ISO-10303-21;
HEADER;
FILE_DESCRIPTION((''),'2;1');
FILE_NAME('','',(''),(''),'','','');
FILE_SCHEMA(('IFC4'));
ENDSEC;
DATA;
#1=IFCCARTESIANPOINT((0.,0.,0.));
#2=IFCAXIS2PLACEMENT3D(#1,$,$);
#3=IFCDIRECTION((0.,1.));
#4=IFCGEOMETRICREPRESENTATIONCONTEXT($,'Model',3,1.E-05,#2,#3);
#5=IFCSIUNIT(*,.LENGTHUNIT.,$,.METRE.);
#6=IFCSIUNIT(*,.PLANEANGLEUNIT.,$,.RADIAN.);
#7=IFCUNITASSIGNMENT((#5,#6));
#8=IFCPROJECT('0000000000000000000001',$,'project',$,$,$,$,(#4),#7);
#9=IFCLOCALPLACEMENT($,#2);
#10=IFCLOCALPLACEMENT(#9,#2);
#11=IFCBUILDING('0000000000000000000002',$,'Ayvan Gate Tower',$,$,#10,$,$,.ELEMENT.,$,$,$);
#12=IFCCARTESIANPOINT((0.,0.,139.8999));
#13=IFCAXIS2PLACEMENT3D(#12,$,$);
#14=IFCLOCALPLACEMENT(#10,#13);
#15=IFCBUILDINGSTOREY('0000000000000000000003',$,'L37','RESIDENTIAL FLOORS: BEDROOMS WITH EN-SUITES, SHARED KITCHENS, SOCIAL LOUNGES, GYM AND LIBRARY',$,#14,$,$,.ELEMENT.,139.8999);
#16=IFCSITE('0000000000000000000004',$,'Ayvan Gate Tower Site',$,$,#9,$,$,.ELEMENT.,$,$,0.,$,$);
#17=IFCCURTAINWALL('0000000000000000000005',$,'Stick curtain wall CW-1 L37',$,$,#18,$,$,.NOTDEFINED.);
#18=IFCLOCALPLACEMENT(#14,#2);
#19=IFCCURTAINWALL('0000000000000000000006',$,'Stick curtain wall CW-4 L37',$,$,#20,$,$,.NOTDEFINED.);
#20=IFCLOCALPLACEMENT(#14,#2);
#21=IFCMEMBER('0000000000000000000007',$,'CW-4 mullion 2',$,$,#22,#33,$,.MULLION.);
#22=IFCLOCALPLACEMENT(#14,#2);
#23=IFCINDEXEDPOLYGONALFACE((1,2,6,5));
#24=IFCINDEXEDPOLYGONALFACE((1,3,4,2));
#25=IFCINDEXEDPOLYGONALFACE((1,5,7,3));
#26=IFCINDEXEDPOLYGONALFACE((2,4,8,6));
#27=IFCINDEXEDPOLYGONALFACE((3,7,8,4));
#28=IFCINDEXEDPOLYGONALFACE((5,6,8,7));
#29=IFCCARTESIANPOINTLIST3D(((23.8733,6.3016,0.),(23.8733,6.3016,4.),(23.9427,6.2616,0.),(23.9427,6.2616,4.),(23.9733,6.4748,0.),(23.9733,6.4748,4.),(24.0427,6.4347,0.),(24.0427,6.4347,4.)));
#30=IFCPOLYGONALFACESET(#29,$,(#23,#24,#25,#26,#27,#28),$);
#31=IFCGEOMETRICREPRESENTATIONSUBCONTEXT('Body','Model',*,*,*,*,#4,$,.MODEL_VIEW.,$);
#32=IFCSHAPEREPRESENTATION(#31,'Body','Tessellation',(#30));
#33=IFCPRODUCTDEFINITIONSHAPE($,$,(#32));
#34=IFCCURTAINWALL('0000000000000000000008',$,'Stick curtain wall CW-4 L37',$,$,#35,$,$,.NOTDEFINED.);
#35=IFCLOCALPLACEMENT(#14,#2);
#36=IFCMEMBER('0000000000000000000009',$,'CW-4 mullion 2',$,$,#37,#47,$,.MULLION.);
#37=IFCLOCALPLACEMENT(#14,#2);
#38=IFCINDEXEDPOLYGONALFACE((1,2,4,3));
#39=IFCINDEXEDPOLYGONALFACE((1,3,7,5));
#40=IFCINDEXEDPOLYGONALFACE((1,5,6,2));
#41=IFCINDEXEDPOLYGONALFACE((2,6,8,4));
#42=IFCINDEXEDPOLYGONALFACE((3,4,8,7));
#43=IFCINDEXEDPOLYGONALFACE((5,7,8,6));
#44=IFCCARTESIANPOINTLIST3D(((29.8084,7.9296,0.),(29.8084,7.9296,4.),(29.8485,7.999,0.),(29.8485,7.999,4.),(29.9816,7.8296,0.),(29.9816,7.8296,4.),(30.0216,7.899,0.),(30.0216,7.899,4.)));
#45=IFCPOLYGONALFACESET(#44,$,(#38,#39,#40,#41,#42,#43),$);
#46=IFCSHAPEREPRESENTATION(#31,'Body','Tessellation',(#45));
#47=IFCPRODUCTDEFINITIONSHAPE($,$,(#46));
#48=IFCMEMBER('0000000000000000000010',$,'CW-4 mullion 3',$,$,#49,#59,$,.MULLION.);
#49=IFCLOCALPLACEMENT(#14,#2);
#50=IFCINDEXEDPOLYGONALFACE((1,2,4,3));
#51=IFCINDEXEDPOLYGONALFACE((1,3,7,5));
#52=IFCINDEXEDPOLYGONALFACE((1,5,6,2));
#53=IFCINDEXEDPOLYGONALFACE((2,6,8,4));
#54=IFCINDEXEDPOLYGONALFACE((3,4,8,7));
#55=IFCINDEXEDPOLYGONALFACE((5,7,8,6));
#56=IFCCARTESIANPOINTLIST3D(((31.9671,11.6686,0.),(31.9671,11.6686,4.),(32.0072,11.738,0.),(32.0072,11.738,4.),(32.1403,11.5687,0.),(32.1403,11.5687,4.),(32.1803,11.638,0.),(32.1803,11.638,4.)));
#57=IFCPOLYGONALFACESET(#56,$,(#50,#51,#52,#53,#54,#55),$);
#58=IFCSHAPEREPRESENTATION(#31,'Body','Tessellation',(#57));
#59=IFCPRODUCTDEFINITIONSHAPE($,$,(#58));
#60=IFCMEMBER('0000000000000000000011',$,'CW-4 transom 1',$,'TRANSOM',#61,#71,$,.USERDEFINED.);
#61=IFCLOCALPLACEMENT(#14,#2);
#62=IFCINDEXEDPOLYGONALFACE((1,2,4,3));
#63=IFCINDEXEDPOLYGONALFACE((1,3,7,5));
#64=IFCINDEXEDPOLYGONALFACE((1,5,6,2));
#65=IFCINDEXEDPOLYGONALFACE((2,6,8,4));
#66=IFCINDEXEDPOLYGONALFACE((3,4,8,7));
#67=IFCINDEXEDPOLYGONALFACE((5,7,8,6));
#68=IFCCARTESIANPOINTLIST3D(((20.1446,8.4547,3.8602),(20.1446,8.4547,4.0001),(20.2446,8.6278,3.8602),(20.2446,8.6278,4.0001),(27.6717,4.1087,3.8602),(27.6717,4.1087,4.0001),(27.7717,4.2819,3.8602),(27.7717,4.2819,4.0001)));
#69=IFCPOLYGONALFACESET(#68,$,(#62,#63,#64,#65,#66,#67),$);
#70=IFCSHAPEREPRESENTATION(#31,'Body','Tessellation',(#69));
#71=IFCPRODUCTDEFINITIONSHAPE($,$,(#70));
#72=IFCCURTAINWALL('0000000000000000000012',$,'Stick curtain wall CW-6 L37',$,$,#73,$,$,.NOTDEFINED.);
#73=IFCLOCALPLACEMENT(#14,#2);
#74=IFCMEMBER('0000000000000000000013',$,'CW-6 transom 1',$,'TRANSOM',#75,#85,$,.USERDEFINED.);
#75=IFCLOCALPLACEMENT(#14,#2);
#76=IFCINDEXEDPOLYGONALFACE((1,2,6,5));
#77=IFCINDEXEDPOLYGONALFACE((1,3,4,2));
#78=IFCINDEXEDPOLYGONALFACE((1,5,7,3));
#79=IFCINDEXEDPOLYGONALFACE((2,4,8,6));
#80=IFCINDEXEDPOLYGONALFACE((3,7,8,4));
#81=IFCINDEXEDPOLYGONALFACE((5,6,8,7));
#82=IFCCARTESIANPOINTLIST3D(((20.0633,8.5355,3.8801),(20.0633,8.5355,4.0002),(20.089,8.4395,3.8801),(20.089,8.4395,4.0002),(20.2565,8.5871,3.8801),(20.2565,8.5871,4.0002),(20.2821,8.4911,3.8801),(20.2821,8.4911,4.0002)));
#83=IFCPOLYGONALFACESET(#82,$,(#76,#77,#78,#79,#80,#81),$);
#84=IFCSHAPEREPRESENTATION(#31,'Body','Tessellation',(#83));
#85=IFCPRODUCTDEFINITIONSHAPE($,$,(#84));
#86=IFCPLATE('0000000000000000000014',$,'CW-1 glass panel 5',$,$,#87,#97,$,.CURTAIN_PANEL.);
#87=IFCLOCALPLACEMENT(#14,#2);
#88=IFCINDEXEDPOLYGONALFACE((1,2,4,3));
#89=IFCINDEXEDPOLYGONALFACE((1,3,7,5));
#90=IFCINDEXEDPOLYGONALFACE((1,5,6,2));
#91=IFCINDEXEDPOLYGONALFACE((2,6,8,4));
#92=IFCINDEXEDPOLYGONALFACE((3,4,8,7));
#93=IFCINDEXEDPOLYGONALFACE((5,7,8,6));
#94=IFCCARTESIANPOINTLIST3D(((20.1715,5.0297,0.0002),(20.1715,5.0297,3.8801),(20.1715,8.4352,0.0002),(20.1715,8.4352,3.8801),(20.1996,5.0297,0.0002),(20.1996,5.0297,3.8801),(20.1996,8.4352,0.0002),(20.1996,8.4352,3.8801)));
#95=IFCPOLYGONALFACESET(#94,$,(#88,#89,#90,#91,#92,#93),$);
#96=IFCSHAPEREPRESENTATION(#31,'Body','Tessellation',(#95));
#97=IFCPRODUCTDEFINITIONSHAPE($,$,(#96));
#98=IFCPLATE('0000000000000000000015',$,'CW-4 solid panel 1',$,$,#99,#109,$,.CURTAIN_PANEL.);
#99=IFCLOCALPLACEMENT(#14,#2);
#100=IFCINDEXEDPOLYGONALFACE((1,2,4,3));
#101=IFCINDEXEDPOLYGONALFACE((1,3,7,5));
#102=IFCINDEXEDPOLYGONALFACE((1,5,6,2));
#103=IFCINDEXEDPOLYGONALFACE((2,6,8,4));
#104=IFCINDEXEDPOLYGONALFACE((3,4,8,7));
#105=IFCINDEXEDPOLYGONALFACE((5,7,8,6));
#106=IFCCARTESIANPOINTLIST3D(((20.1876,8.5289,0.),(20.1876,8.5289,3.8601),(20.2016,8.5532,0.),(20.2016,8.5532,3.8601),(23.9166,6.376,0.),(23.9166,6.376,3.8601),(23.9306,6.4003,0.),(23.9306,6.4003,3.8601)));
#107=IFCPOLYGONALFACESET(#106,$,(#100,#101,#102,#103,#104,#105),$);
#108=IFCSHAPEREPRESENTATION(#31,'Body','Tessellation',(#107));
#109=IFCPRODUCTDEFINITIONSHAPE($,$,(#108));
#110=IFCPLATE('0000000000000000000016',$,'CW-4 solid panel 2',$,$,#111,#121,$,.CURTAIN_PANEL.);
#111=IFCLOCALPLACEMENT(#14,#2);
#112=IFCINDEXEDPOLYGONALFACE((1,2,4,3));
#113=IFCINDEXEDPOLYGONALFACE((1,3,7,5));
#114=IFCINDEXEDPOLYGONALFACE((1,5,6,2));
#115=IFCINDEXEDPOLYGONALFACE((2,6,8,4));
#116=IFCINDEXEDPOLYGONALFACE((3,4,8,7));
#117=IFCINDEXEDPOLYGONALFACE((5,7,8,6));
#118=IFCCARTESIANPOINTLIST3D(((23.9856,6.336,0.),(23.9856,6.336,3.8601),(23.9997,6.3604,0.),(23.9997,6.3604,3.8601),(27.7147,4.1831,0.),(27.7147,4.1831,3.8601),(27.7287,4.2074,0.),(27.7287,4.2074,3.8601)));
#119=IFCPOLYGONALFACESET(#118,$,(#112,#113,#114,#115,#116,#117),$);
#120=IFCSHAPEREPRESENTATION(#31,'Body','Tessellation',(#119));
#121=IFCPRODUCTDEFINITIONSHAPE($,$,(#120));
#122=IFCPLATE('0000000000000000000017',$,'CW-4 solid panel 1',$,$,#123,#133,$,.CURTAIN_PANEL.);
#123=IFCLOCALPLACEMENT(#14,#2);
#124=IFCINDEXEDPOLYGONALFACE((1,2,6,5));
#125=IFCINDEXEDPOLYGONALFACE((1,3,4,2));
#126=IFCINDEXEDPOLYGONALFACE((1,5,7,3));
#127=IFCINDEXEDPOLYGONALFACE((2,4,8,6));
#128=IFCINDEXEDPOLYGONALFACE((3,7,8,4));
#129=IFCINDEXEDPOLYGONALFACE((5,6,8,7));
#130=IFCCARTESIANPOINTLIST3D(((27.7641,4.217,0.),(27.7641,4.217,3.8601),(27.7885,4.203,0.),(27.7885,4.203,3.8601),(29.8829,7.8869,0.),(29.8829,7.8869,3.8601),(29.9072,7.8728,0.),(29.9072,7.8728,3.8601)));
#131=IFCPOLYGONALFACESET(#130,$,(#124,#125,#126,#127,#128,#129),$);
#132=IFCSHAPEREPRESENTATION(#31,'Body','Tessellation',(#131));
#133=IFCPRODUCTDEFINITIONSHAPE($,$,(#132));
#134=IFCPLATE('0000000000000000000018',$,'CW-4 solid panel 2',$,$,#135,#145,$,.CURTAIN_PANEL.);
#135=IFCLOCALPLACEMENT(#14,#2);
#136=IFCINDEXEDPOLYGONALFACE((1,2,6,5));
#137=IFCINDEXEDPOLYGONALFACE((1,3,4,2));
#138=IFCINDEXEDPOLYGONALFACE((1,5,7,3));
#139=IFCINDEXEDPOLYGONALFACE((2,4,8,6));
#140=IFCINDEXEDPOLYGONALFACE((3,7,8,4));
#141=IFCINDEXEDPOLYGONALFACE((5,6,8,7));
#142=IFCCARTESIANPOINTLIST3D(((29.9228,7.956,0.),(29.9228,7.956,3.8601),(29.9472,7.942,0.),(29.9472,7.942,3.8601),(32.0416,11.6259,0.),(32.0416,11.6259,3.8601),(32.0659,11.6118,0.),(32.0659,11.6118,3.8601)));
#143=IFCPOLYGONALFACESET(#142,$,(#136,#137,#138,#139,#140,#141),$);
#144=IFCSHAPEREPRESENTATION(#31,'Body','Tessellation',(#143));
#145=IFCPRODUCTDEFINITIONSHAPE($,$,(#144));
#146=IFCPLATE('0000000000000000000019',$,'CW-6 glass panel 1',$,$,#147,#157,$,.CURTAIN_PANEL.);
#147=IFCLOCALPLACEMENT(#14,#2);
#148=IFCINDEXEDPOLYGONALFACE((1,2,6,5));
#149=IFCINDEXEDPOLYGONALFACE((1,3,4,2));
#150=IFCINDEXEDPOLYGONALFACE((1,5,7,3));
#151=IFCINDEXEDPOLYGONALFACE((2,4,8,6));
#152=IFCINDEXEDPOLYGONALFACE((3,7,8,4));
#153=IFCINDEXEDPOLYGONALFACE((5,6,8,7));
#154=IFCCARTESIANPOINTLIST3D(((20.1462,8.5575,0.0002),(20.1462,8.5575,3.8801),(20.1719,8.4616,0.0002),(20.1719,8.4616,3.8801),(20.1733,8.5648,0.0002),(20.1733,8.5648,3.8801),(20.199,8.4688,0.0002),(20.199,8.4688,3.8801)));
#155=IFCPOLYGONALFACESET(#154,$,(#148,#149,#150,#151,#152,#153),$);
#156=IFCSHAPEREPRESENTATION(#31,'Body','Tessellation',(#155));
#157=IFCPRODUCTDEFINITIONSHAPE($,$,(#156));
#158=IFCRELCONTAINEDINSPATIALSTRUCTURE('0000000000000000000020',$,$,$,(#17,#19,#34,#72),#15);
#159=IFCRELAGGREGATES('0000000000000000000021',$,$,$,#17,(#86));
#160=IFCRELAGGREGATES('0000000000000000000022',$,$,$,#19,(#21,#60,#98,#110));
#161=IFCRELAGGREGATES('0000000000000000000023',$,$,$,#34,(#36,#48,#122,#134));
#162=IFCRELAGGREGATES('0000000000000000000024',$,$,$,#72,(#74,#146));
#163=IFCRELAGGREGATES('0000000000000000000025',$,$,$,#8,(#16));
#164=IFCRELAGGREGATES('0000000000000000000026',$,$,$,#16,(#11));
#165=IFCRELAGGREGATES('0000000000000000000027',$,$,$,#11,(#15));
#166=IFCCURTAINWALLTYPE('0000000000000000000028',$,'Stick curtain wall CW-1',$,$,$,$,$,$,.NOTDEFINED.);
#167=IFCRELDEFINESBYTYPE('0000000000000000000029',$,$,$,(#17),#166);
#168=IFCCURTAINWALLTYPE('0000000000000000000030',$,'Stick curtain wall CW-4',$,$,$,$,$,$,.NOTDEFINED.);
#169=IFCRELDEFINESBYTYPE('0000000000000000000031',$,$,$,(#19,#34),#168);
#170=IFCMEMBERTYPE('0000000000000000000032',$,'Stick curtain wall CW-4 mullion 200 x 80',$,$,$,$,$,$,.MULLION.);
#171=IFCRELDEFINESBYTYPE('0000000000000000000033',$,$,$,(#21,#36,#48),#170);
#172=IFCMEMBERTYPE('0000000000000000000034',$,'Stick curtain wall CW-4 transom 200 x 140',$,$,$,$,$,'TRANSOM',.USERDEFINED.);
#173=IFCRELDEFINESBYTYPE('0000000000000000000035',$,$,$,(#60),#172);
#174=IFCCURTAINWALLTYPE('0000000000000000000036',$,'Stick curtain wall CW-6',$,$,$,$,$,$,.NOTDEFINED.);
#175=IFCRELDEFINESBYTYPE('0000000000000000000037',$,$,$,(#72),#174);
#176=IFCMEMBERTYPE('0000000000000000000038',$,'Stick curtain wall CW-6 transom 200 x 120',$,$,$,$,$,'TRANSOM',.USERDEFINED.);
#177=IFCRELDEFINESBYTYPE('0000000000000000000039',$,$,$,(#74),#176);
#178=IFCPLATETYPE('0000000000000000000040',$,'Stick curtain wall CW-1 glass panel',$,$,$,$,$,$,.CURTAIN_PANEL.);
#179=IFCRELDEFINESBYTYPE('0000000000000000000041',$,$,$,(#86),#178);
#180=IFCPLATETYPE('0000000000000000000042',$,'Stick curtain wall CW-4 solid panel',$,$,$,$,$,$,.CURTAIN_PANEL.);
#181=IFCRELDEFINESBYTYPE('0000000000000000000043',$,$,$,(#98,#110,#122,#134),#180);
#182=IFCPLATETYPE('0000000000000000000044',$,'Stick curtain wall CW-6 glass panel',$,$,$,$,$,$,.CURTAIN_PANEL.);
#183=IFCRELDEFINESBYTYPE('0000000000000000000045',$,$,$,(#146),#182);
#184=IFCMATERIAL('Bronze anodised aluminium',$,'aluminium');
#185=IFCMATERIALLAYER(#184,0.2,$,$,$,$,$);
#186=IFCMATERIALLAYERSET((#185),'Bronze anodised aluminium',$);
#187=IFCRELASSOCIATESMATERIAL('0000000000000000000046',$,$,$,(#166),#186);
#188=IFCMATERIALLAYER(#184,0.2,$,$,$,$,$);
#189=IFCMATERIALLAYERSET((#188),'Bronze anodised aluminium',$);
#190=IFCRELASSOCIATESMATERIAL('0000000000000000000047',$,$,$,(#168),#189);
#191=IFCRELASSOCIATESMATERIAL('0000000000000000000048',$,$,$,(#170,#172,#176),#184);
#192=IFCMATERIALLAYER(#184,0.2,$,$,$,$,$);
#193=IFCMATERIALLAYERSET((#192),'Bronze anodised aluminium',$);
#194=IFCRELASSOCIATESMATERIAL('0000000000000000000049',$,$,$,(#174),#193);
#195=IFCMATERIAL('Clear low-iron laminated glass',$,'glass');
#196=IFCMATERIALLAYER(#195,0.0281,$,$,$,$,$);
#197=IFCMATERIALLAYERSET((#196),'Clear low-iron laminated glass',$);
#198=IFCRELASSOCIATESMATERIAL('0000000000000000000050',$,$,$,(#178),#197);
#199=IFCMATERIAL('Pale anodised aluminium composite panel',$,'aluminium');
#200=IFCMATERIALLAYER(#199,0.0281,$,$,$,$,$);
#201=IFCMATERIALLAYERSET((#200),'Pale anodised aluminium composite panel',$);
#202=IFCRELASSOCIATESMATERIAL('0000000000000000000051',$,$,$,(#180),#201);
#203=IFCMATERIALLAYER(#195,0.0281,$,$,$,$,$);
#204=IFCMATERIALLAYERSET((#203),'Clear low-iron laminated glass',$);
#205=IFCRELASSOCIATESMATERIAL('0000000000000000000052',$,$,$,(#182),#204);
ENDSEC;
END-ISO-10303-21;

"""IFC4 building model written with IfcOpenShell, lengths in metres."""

from ifc_helpers import new_model, si_unit, direction, frame, origin, origin_2d, place, context, subcontext, project, spatial, rectangle, extrude, material, layer, layer_set, material_profile, profile_set, type_object, element, aggregate, save


model = new_model("IFC4")

# Units and contexts
model_context = context("Model", 3, precision=1e-05, world=origin(), true_north=direction((0.0, 1.0)))
body_context = subcontext(model_context, "Body", "Model", "MODEL_VIEW")
ifc_project = project(units=[si_unit("LENGTHUNIT", "METRE"), si_unit("PLANEANGLEUNIT", "RADIAN")], contexts=[model_context])

# Site, building, storey
site_placement = place(None, origin())
site = spatial("IfcSite", under=ifc_project, at=site_placement, Name="Ayvan Gate Tower Site", CompositionType="ELEMENT", RefElevation=0.0)
building_placement = place(site_placement, origin())
building = spatial("IfcBuilding", under=site, at=building_placement, Name="Ayvan Gate Tower", CompositionType="ELEMENT")
storey_placement = place(building_placement, frame((0.0, 0.0, 139.8999)))
storey = spatial("IfcBuildingStorey", under=building, at=storey_placement, Name="L37", Description="RESIDENTIAL FLOORS: BEDROOMS WITH EN-SUITES, SHARED KITCHENS, SOCIAL LOUNGES, GYM AND LIBRARY", CompositionType="ELEMENT", Elevation=139.8999)

# Curtain wall
ifc_material_1 = material(Name="Bronze anodised aluminium", Category="aluminium")
ifc_layer_1 = layer(ifc_material_1, 0.2)
ifc_layer_set_1 = layer_set([ifc_layer_1], Name="Bronze anodised aluminium")
curtain_wall_type_1 = type_object("IfcCurtainWallType", Name="Stick curtain wall CW-1", PredefinedType="NOTDEFINED", material=ifc_layer_set_1)
curtain_wall_1_placement = place(storey_placement, origin())
curtain_wall_1 = element("IfcCurtainWall", 1, at=curtain_wall_1_placement, inside=storey, type_object=curtain_wall_type_1, Name="Stick curtain wall CW-1 L37", PredefinedType="NOTDEFINED")

# Curtain walls, members
ifc_layer_2 = layer(ifc_material_1, 0.2)
ifc_layer_set_2 = layer_set([ifc_layer_2], Name="Bronze anodised aluminium")
curtain_wall_type_2 = type_object("IfcCurtainWallType", Name="Stick curtain wall CW-4", PredefinedType="NOTDEFINED", material=ifc_layer_set_2)
curtain_wall_2_placement = place(storey_placement, origin())
curtain_wall_2 = element("IfcCurtainWall", 2, at=curtain_wall_2_placement, inside=storey, type_object=curtain_wall_type_2, Name="Stick curtain wall CW-4 L37", PredefinedType="NOTDEFINED")
ifc_material_profile_1 = material_profile(ifc_material_1, rectangle(XDim=0.2, YDim=0.0801, at=origin_2d()), Name="Stick curtain wall CW-4 mullion 200 x 80")
ifc_profile_set_1 = profile_set([ifc_material_profile_1], Name="Bronze anodised aluminium")
member_type_1 = type_object("IfcMemberType", Name="Stick curtain wall CW-4 mullion 200 x 80", PredefinedType="MULLION", material=ifc_profile_set_1)
member_1_placement = place(storey_placement, frame((23.958, 6.3682, 0.0), z_axis=(0.0, 0.0, 1.0), x_axis=(-0.5, -0.866025, 0.0)))
member_1 = element("IfcMember", 3, at=member_1_placement, type_object=member_type_1, Name="CW-4 mullion 2", PredefinedType="MULLION", context=body_context, shape_type="SweptSolid", body=[
    extrude(rectangle(XDim=0.2, YDim=0.0801, at=origin_2d()), origin(), (0.0, 0.0, 1.0), 4.0),
])
curtain_wall_3_placement = place(storey_placement, origin())
curtain_wall_3 = element("IfcCurtainWall", 4, at=curtain_wall_3_placement, inside=storey, type_object=curtain_wall_type_2, Name="Stick curtain wall CW-4 L37", PredefinedType="NOTDEFINED")
member_2_placement = place(storey_placement, frame((29.915, 7.9143, 0.0), z_axis=(0.0, 0.0, 1.0), x_axis=(0.866025, -0.5, 0.0)))
member_2 = element("IfcMember", 5, at=member_2_placement, type_object=member_type_1, Name="CW-4 mullion 2", PredefinedType="MULLION", context=body_context, shape_type="SweptSolid", body=[
    extrude(rectangle(XDim=0.2, YDim=0.0801, at=origin_2d()), origin(), (0.0, 0.0, 1.0), 4.0),
])
member_3_placement = place(storey_placement, frame((32.0737, 11.6533, 0.0), z_axis=(0.0, 0.0, 1.0), x_axis=(0.866025, -0.5, 0.0)))
member_3 = element("IfcMember", 6, at=member_3_placement, type_object=member_type_1, Name="CW-4 mullion 3", PredefinedType="MULLION", context=body_context, shape_type="SweptSolid", body=[
    extrude(rectangle(XDim=0.2, YDim=0.0801, at=origin_2d()), origin(), (0.0, 0.0, 1.0), 4.0),
])

# Member
ifc_material_profile_2 = material_profile(ifc_material_1, rectangle(XDim=0.2, YDim=0.1399, at=origin_2d()), Name="Stick curtain wall CW-4 transom 200 x 140")
ifc_profile_set_2 = profile_set([ifc_material_profile_2], Name="Bronze anodised aluminium")
member_type_2 = type_object("IfcMemberType", Name="Stick curtain wall CW-4 transom 200 x 140", ElementType="TRANSOM", PredefinedType="USERDEFINED", material=ifc_profile_set_2)
member_4_placement = place(storey_placement, frame((20.1946, 8.5413, 3.9302), z_axis=(0.866017, -0.500015, 0.0), x_axis=(0.500015, 0.866017, 0.0)))
member_4 = element("IfcMember", 7, at=member_4_placement, type_object=member_type_2, Name="CW-4 transom 1", ObjectType="TRANSOM", PredefinedType="USERDEFINED", context=body_context, shape_type="SweptSolid", body=[
    extrude(rectangle(XDim=0.2, YDim=0.1399, at=origin_2d()), origin(), (0.0, 0.0, 1.0), 8.6917),
])

# Curtain wall, member
ifc_layer_3 = layer(ifc_material_1, 0.2)
ifc_layer_set_3 = layer_set([ifc_layer_3], Name="Bronze anodised aluminium")
curtain_wall_type_3 = type_object("IfcCurtainWallType", Name="Stick curtain wall CW-6", PredefinedType="NOTDEFINED", material=ifc_layer_set_3)
curtain_wall_4_placement = place(storey_placement, origin())
curtain_wall_4 = element("IfcCurtainWall", 8, at=curtain_wall_4_placement, inside=storey, type_object=curtain_wall_type_3, Name="Stick curtain wall CW-6 L37", PredefinedType="NOTDEFINED")
ifc_material_profile_3 = material_profile(ifc_material_1, rectangle(XDim=0.2, YDim=0.1201, at=origin_2d()), Name="Stick curtain wall CW-6 transom 200 x 120")
ifc_profile_set_3 = profile_set([ifc_material_profile_3], Name="Bronze anodised aluminium")
member_type_3 = type_object("IfcMemberType", Name="Stick curtain wall CW-6 transom 200 x 120", ElementType="TRANSOM", PredefinedType="USERDEFINED", material=ifc_profile_set_3)
member_5_placement = place(storey_placement, frame((20.1855, 8.4653, 3.9402), z_axis=(-0.258122, 0.966112, 0.0), x_axis=(-0.966112, -0.258122, 0.0)))
member_5 = element("IfcMember", 9, at=member_5_placement, type_object=member_type_3, Name="CW-6 transom 1", ObjectType="TRANSOM", PredefinedType="USERDEFINED", context=body_context, shape_type="SweptSolid", body=[
    extrude(rectangle(XDim=0.2, YDim=0.1201, at=origin_2d()), origin(), (0.0, 0.0, 1.0), 0.0994),
])

# Plates
ifc_material_2 = material(Name="Clear low-iron laminated glass", Category="glass")
ifc_layer_4 = layer(ifc_material_2, 0.0281)
ifc_layer_set_4 = layer_set([ifc_layer_4], Name="Clear low-iron laminated glass")
plate_type_1 = type_object("IfcPlateType", Name="Stick curtain wall CW-1 glass panel", PredefinedType="CURTAIN_PANEL", material=ifc_layer_set_4)
plate_1_placement = place(storey_placement, frame((20.1855, 6.7324, 0.0002), z_axis=(0.0, 0.0, 1.0), x_axis=(0.0, 1.0, 0.0)))
plate_1 = element("IfcPlate", 10, at=plate_1_placement, type_object=plate_type_1, Name="CW-1 glass panel 5", PredefinedType="CURTAIN_PANEL", context=body_context, shape_type="SweptSolid", body=[
    extrude(rectangle(XDim=3.4055, YDim=0.0281, at=origin_2d()), origin(), (0.0, 0.0, 1.0), 3.8799),
])
aggregate(curtain_wall_1, [plate_1])
ifc_material_3 = material(Name="Pale anodised aluminium composite panel", Category="aluminium")
ifc_layer_5 = layer(ifc_material_3, 0.0281)
ifc_layer_set_5 = layer_set([ifc_layer_5], Name="Pale anodised aluminium composite panel")
plate_type_2 = type_object("IfcPlateType", Name="Stick curtain wall CW-4 solid panel", PredefinedType="CURTAIN_PANEL", material=ifc_layer_set_5)
plate_2_placement = place(storey_placement, frame((22.0591, 7.4646, 0.0), z_axis=(0.0, 0.0, 1.0), x_axis=(0.866025, -0.5, 0.0)))
plate_2 = element("IfcPlate", 11, at=plate_2_placement, type_object=plate_type_2, Name="CW-4 solid panel 1", PredefinedType="CURTAIN_PANEL", context=body_context, shape_type="SweptSolid", body=[
    extrude(rectangle(XDim=4.3059, YDim=0.0281, at=origin_2d()), origin(), (0.0, 0.0, 1.0), 3.8601),
])
plate_3_placement = place(storey_placement, frame((25.8572, 5.2717, 0.0), z_axis=(0.0, 0.0, 1.0), x_axis=(0.866025, -0.5, 0.0)))
plate_3 = element("IfcPlate", 12, at=plate_3_placement, type_object=plate_type_2, Name="CW-4 solid panel 2", PredefinedType="CURTAIN_PANEL", context=body_context, shape_type="SweptSolid", body=[
    extrude(rectangle(XDim=4.3059, YDim=0.0281, at=origin_2d()), origin(), (0.0, 0.0, 1.0), 3.8601),
])
aggregate(curtain_wall_2, [member_1, member_4, plate_2, plate_3])
plate_4_placement = place(storey_placement, frame((28.8357, 6.0449, 0.0), z_axis=(0.0, 0.0, 1.0), x_axis=(0.5, 0.866025, 0.0)))
plate_4 = element("IfcPlate", 13, at=plate_4_placement, type_object=plate_type_2, Name="CW-4 solid panel 1", PredefinedType="CURTAIN_PANEL", context=body_context, shape_type="SweptSolid", body=[
    extrude(rectangle(XDim=4.2375, YDim=0.0281, at=origin_2d()), origin(), (0.0, 0.0, 1.0), 3.8601),
])
plate_5_placement = place(storey_placement, frame((30.9944, 9.7839, 0.0), z_axis=(0.0, 0.0, 1.0), x_axis=(0.5, 0.866025, 0.0)))
plate_5 = element("IfcPlate", 14, at=plate_5_placement, type_object=plate_type_2, Name="CW-4 solid panel 2", PredefinedType="CURTAIN_PANEL", context=body_context, shape_type="SweptSolid", body=[
    extrude(rectangle(XDim=4.2375, YDim=0.0281, at=origin_2d()), origin(), (0.0, 0.0, 1.0), 3.8601),
])
aggregate(curtain_wall_3, [member_2, member_3, plate_4, plate_5])
ifc_layer_6 = layer(ifc_material_2, 0.0281)
ifc_layer_set_6 = layer_set([ifc_layer_6], Name="Clear low-iron laminated glass")
plate_type_3 = type_object("IfcPlateType", Name="Stick curtain wall CW-6 glass panel", PredefinedType="CURTAIN_PANEL", material=ifc_layer_set_6)
plate_6_placement = place(storey_placement, frame((20.1726, 8.5132, 0.0002), z_axis=(0.0, 0.0, 1.0), x_axis=(-0.258819, 0.965926, 0.0)))
plate_6 = element("IfcPlate", 15, at=plate_6_placement, type_object=plate_type_3, Name="CW-6 glass panel 1", PredefinedType="CURTAIN_PANEL", context=body_context, shape_type="SweptSolid", body=[
    extrude(rectangle(XDim=0.0994, YDim=0.0281, at=origin_2d()), origin(), (0.0, 0.0, 1.0), 3.8799),
])
aggregate(curtain_wall_4, [member_5, plate_6])

save(model, "model.ifc")
